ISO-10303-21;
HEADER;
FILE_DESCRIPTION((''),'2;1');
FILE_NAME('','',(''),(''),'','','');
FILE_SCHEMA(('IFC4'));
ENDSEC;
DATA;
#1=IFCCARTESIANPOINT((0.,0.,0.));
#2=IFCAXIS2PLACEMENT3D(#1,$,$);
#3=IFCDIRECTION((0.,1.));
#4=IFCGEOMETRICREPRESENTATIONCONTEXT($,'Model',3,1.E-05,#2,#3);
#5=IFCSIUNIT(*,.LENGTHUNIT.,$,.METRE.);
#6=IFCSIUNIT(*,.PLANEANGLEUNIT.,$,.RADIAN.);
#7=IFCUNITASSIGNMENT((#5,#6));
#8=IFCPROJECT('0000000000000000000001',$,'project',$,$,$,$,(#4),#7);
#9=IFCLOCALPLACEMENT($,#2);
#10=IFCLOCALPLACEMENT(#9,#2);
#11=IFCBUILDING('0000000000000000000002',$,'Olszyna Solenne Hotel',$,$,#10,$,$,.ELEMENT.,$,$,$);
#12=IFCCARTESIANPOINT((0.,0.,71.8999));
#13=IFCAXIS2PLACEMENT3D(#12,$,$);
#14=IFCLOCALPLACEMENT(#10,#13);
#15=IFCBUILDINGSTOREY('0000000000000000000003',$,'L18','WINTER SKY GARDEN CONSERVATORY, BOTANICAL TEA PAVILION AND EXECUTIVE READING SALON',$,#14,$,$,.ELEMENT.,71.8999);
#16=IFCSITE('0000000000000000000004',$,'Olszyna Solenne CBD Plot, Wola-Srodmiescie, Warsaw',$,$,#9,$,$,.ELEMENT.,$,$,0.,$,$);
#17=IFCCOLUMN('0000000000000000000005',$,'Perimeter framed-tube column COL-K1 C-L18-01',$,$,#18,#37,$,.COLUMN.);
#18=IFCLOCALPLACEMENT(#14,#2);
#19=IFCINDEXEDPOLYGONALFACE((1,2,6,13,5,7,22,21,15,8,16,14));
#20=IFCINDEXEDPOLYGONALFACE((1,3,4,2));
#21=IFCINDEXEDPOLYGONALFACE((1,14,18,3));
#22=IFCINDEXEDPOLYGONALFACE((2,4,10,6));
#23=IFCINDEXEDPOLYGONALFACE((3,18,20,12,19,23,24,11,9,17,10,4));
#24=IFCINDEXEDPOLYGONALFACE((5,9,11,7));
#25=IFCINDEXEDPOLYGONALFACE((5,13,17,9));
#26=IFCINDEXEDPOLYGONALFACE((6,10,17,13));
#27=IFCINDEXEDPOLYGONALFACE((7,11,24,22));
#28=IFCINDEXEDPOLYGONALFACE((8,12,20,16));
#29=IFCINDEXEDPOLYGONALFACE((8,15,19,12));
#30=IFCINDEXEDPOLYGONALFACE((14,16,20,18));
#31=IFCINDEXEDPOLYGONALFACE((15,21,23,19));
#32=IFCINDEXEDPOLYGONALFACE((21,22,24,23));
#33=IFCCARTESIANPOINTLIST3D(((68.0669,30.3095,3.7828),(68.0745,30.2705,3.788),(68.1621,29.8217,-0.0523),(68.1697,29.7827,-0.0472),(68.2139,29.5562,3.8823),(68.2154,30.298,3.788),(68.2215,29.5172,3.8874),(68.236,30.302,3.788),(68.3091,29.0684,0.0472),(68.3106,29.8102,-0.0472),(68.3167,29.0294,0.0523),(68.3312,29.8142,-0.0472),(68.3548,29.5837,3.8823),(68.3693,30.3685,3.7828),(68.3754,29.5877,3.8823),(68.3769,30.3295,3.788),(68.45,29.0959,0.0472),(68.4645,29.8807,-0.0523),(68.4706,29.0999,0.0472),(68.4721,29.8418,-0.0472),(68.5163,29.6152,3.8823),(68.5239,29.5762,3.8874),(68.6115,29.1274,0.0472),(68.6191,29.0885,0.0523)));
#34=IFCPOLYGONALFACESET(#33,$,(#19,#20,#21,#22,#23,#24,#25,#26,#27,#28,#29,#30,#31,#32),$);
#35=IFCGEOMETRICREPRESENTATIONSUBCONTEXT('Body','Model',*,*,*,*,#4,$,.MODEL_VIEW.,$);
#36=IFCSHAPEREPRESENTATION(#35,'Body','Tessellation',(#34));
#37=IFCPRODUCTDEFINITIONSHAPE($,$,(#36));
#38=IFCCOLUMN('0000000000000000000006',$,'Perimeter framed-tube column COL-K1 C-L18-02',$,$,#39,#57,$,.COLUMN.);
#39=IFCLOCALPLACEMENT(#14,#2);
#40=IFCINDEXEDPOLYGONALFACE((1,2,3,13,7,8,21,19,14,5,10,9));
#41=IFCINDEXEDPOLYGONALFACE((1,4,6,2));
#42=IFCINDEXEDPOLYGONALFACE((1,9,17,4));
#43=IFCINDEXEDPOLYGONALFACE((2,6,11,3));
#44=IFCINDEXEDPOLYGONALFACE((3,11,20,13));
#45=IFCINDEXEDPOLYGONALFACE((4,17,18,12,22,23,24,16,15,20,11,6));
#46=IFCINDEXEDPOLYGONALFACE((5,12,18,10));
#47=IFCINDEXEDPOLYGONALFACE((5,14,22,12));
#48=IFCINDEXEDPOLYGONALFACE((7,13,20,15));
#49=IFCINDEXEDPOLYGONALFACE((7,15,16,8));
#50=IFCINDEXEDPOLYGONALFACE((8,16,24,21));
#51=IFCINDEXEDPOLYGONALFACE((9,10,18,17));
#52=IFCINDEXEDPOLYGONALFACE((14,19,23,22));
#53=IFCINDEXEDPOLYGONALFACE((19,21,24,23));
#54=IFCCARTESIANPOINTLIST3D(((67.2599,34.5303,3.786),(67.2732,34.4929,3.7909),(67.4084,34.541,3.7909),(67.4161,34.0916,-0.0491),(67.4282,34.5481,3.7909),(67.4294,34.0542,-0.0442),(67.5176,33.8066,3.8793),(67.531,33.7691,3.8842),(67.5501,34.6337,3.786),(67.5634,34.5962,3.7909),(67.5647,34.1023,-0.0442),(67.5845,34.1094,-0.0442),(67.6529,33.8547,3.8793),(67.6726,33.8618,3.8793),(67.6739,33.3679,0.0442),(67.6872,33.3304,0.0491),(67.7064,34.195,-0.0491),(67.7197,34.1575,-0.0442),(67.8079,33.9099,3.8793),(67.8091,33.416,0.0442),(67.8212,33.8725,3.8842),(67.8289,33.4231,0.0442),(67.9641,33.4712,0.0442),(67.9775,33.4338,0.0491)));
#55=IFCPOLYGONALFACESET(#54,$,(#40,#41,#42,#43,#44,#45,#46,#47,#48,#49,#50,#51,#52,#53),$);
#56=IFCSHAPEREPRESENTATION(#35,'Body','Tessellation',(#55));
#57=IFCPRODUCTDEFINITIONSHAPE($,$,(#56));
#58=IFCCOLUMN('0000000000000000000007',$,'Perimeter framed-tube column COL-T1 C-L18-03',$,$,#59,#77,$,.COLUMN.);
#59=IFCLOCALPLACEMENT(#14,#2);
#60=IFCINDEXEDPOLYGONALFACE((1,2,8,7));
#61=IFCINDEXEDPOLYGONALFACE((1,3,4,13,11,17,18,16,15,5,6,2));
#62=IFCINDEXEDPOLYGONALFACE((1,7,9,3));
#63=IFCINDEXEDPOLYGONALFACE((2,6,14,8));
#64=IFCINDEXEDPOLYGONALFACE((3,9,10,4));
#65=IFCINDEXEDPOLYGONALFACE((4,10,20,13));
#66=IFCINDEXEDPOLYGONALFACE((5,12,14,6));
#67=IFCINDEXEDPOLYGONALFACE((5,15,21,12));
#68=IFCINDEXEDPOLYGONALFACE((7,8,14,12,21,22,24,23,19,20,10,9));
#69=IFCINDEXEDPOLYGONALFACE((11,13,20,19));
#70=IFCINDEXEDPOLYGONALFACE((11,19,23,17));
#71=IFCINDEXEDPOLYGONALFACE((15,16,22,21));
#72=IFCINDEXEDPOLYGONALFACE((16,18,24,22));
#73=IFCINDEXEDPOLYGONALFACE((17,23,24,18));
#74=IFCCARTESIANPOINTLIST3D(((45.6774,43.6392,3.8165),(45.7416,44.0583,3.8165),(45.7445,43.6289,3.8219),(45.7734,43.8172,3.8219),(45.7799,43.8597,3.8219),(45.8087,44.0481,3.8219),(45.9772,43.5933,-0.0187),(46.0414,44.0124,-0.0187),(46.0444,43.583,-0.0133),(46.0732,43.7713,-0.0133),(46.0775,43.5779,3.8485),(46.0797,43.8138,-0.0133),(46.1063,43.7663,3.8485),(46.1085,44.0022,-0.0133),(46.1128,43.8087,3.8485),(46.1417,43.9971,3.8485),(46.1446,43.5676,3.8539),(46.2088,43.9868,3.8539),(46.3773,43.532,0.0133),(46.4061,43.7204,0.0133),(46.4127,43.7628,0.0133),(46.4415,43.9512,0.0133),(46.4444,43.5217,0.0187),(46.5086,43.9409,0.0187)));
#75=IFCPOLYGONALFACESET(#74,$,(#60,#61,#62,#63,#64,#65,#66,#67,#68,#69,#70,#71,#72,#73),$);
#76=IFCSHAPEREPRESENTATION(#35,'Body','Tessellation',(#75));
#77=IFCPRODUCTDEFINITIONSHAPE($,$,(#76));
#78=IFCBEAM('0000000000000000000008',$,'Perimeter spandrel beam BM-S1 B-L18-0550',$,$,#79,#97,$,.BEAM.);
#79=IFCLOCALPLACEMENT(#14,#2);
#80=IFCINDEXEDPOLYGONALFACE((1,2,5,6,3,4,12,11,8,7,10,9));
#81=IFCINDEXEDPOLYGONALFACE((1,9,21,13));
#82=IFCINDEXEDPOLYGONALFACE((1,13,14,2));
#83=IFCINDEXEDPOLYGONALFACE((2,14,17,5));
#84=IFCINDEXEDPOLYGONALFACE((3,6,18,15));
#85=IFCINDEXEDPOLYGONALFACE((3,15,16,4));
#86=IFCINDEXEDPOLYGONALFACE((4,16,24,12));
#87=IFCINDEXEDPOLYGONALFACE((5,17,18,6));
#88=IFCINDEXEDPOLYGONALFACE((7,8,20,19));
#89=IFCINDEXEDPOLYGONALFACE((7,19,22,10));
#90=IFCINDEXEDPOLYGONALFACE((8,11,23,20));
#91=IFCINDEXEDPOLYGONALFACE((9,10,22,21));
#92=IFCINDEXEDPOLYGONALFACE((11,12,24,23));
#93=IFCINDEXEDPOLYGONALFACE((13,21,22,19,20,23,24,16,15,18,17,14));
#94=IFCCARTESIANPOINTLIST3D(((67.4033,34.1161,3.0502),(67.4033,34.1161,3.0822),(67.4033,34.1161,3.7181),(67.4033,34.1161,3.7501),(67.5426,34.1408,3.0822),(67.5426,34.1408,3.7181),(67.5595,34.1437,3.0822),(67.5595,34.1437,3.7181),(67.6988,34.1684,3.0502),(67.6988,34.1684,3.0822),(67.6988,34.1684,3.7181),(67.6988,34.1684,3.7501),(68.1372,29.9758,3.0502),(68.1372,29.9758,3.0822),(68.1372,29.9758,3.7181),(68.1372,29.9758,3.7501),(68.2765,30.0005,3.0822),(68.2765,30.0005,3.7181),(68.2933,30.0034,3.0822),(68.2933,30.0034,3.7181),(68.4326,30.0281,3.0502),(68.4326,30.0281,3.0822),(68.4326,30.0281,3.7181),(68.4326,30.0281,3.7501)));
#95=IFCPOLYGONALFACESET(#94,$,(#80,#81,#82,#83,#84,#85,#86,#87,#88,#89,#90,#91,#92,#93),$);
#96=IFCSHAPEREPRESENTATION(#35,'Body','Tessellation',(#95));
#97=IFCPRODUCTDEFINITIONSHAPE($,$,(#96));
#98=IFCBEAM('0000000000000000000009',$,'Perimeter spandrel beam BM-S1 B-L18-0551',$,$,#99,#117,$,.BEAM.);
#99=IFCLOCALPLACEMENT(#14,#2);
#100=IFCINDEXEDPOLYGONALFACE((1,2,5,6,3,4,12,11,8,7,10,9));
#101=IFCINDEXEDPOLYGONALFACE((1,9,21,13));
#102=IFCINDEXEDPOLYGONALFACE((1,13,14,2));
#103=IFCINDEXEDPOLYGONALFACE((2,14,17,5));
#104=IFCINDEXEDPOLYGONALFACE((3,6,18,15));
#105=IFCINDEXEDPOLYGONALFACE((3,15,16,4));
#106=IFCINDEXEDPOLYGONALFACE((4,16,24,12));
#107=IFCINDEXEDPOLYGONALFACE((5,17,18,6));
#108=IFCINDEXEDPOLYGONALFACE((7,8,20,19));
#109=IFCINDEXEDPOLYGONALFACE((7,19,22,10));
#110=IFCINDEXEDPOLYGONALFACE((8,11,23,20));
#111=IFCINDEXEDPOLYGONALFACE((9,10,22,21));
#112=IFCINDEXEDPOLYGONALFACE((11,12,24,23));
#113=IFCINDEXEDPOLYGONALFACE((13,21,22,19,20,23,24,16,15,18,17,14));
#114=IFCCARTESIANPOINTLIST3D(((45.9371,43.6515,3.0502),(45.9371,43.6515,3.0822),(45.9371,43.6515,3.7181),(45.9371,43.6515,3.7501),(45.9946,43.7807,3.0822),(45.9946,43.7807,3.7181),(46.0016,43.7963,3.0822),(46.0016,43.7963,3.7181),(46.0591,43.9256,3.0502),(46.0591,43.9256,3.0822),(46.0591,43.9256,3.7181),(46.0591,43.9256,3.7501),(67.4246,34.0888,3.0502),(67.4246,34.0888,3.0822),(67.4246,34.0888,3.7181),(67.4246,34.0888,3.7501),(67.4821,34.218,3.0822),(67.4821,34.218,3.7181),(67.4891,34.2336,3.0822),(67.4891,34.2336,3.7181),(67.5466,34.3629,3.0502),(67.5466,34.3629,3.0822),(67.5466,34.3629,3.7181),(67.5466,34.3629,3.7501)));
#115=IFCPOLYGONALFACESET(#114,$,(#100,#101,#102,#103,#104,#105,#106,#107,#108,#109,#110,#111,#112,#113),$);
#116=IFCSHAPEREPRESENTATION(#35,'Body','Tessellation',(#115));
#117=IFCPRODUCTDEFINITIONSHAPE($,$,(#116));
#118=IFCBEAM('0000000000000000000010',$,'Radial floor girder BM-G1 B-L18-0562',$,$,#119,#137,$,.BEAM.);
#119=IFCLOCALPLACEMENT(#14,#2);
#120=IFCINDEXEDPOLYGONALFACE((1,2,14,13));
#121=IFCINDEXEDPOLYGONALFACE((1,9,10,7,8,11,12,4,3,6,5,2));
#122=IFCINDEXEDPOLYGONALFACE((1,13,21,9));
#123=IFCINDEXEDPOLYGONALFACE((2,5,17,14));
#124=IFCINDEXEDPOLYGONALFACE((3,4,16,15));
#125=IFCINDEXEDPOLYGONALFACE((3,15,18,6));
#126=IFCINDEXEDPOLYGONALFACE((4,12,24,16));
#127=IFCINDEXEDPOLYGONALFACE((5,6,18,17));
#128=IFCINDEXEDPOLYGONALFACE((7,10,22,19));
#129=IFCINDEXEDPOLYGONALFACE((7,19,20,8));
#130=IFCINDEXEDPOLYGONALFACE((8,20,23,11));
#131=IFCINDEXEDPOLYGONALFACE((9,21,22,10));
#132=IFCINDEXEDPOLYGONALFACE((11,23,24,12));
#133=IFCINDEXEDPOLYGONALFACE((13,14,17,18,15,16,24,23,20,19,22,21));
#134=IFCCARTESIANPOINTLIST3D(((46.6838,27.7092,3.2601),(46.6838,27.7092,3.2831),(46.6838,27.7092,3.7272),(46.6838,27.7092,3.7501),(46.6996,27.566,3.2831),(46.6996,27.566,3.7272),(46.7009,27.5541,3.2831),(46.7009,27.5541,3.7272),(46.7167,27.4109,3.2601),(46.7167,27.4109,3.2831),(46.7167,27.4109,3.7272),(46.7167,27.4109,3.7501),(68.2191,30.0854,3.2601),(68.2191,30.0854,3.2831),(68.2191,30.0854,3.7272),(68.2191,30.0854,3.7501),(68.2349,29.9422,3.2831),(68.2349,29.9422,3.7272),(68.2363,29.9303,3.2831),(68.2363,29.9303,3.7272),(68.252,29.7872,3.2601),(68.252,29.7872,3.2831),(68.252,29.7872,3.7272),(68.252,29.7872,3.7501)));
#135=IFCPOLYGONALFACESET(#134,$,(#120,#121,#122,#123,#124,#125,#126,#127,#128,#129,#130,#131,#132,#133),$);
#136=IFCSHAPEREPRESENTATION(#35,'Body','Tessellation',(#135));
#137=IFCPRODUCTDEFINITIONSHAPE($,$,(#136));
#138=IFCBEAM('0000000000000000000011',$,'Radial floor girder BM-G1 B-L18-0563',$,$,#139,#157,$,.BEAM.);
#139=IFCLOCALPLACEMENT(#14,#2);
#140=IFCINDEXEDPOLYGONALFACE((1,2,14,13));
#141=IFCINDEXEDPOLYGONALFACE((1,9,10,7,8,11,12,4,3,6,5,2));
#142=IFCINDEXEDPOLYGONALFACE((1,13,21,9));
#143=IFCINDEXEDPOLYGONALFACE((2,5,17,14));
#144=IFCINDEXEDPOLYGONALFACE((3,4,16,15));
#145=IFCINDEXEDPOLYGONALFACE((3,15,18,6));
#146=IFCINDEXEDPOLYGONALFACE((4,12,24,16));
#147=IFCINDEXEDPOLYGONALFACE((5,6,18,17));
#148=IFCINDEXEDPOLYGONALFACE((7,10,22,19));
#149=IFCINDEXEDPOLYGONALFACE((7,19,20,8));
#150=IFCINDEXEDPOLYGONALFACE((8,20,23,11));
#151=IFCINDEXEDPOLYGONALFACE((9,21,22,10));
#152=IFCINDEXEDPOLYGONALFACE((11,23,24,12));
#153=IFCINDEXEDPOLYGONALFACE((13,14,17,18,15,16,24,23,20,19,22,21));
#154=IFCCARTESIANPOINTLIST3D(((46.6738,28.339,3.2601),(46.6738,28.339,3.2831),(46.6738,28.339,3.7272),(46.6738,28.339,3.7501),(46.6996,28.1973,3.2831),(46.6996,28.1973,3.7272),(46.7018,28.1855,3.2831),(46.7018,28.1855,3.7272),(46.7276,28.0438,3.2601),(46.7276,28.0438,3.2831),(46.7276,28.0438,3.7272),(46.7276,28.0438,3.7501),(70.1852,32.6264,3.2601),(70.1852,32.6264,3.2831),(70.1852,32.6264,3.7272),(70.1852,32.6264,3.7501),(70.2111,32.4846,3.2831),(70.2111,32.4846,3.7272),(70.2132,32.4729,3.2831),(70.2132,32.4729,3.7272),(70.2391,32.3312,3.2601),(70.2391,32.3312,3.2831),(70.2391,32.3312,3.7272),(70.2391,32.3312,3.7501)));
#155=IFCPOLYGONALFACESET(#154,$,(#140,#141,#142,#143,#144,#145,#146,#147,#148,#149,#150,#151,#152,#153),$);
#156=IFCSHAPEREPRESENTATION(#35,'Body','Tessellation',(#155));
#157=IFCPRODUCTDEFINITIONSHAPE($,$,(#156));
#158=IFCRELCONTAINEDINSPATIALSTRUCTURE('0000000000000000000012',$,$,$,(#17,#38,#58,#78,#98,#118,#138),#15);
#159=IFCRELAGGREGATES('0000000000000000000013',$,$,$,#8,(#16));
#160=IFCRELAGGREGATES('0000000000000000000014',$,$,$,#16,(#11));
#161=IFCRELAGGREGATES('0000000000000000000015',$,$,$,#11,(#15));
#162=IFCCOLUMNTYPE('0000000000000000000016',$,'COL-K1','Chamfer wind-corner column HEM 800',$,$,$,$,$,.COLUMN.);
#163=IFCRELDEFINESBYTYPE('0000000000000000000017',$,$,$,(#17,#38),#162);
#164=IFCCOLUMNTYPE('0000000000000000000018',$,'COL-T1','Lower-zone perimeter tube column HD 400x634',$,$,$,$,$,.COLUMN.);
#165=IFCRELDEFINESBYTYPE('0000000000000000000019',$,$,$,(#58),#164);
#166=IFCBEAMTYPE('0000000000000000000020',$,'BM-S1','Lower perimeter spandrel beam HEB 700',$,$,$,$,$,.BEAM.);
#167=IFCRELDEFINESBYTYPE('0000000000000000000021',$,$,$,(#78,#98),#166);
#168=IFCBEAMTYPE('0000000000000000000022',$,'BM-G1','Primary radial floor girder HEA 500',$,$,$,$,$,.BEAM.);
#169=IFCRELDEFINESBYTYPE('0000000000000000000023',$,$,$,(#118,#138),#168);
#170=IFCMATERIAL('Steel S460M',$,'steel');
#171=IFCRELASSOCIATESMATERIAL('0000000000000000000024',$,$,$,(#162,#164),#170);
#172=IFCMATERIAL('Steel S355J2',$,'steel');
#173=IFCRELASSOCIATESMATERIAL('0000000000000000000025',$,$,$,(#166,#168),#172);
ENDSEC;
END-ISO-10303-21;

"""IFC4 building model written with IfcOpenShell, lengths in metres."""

from ifc_helpers import new_model, si_unit, direction, frame, origin, origin_2d, place, context, subcontext, project, spatial, i_section, extrude, source, transform, mapped, material, material_profile, profile_set, type_object, element, save


model = new_model("IFC4")

# Units and contexts
model_context = context("Model", 3, precision=1e-05, world=origin(), true_north=direction((0.0, 1.0)))
body_context = subcontext(model_context, "Body", "Model", "MODEL_VIEW")
ifc_project = project(units=[si_unit("LENGTHUNIT", "METRE"), si_unit("PLANEANGLEUNIT", "RADIAN")], contexts=[model_context])

# Site, building, storey
site_placement = place(None, origin())
site = spatial("IfcSite", under=ifc_project, at=site_placement, Name="Olszyna Solenne CBD Plot, Wola-Srodmiescie, Warsaw", CompositionType="ELEMENT", RefElevation=0.0)
building_placement = place(site_placement, origin())
building = spatial("IfcBuilding", under=site, at=building_placement, Name="Olszyna Solenne Hotel", CompositionType="ELEMENT")
storey_placement = place(building_placement, frame((0.0, 0.0, 71.8999)))
storey = spatial("IfcBuildingStorey", under=building, at=storey_placement, Name="L18", Description="WINTER SKY GARDEN CONSERVATORY, BOTANICAL TEA PAVILION AND EXECUTIVE READING SALON", CompositionType="ELEMENT", Elevation=71.8999)

# Columns
ifc_material_1 = material(Name="Steel S460M", Category="steel")
ifc_material_profile_1 = material_profile(ifc_material_1, i_section(OverallWidth=0.3081, OverallDepth=0.814, WebThickness=0.021, FlangeThickness=0.04, at=origin_2d()), Name="HEM 800", Category="load-bearing")
ifc_profile_set_1 = profile_set([ifc_material_profile_1], Name="Steel S460M")
column_type_1 = type_object("IfcColumnType", Name="COL-K1", Description="Chamfer wind-corner column HEM 800", PredefinedType="COLUMN", material=ifc_profile_set_1)
shared_shape_1 = source(origin(), body_context, "Body", "SweptSolid", [
    extrude(i_section(OverallWidth=0.3081, OverallDepth=0.814, WebThickness=0.021, FlangeThickness=0.04, at=origin_2d()), origin(), (0.0, 0.0, 1.0), 3.8672),
])
column_1_placement = place(storey_placement, frame((68.3906, 29.4551, 0.0), z_axis=(-0.024621, 0.126134, 0.991708), x_axis=(-0.981477, -0.19158, 0.0)))
element("IfcColumn", 1, at=column_1_placement, inside=storey, type_object=column_type_1, Name="Perimeter framed-tube column COL-K1 C-L18-01", PredefinedType="COLUMN", context=body_context, shape_type="MappedRepresentation", body=[
    mapped(shared_shape_1, transform((0.0, 0.0, 0.0), x_axis=(1.0, 0.0, 0.0), y_axis=(0.0, 1.0, 0.0), z_axis=(0.0, 0.0, 1.0), scale=1.0)),
])
shared_shape_2 = source(origin(), body_context, "Body", "SweptSolid", [
    extrude(i_section(OverallWidth=0.3081, OverallDepth=0.814, WebThickness=0.021, FlangeThickness=0.04, at=origin_2d()), origin(), (0.0, 0.0, 1.0), 3.8633),
])
column_2_placement = place(storey_placement, frame((67.6968, 33.7627, 0.0), z_axis=(-0.040444, 0.113559, 0.992708), x_axis=(-0.942038, -0.335506, 0.0)))
element("IfcColumn", 2, at=column_2_placement, inside=storey, type_object=column_type_1, Name="Perimeter framed-tube column COL-K1 C-L18-02", PredefinedType="COLUMN", context=body_context, shape_type="MappedRepresentation", body=[
    mapped(shared_shape_2, transform((0.0, 0.0, 0.0), x_axis=(1.0, 0.0, 0.0), y_axis=(0.0, 1.0, 0.0), z_axis=(0.0, 0.0, 1.0), scale=1.0)),
])
ifc_material_profile_2 = material_profile(ifc_material_1, i_section(OverallWidth=0.4241, OverallDepth=0.4741, WebThickness=0.043, FlangeThickness=0.0681, at=origin_2d()), Name="HD 400x634", Category="load-bearing")
ifc_profile_set_2 = profile_set([ifc_material_profile_2], Name="Steel S460M")
column_type_2 = type_object("IfcColumnType", Name="COL-T1", Description="Lower-zone perimeter tube column HD 400x634", PredefinedType="COLUMN", material=ifc_profile_set_2)
shared_shape_3 = source(origin(), body_context, "Body", "SweptSolid", [
    extrude(i_section(OverallWidth=0.4241, OverallDepth=0.4741, WebThickness=0.043, FlangeThickness=0.0681, at=origin_2d()), origin(), (0.0, 0.0, 1.0), 3.8472),
])
column_3_placement = place(storey_placement, frame((46.2429, 43.7671, 0.0), z_axis=(-0.077928, 0.01193, 0.996888), x_axis=(-0.151331, -0.988483, 0.0)))
element("IfcColumn", 3, at=column_3_placement, inside=storey, type_object=column_type_2, Name="Perimeter framed-tube column COL-T1 C-L18-03", PredefinedType="COLUMN", context=body_context, shape_type="MappedRepresentation", body=[
    mapped(shared_shape_3, transform((0.0, 0.0, 0.0), x_axis=(1.0, 0.0, 0.0), y_axis=(0.0, 1.0, 0.0), z_axis=(0.0, 0.0, 1.0), scale=1.0)),
])

# Beams
ifc_material_2 = material(Name="Steel S355J2", Category="steel")
ifc_material_profile_3 = material_profile(ifc_material_2, i_section(OverallWidth=0.3, OverallDepth=0.7, WebThickness=0.0171, FlangeThickness=0.032, at=origin_2d()), Name="HEB 700", Category="load-bearing")
ifc_profile_set_3 = profile_set([ifc_material_profile_3], Name="Steel S355J2")
beam_type_1 = type_object("IfcBeamType", Name="BM-S1", Description="Lower perimeter spandrel beam HEB 700", PredefinedType="BEAM", material=ifc_profile_set_3)
shared_shape_4 = source(origin(), body_context, "Body", "SweptSolid", [
    extrude(i_section(OverallWidth=0.3, OverallDepth=0.7, WebThickness=0.0171, FlangeThickness=0.032, at=origin_2d()), origin(), (0.0, 0.0, 1.0), 4.2048),
])
beam_1_placement = place(storey_placement, frame((68.2849, 30.002, 3.4001), z_axis=(-0.174531, 0.984652, 0.0), x_axis=(-0.984652, -0.174531, 0.0)))
element("IfcBeam", 4, at=beam_1_placement, inside=storey, type_object=beam_type_1, Name="Perimeter spandrel beam BM-S1 B-L18-0550", PredefinedType="BEAM", context=body_context, shape_type="MappedRepresentation", body=[
    mapped(shared_shape_4, transform((0.0, 0.0, 0.0), x_axis=(1.0, 0.0, 0.0), y_axis=(0.0, 1.0, 0.0), z_axis=(0.0, 0.0, 1.0), scale=1.0)),
])
shared_shape_5 = source(origin(), body_context, "Body", "SweptSolid", [
    extrude(i_section(OverallWidth=0.3, OverallDepth=0.7, WebThickness=0.0171, FlangeThickness=0.032, at=origin_2d()), origin(), (0.0, 0.0, 1.0), 23.5193),
])
beam_2_placement = place(storey_placement, frame((67.4856, 34.2258, 3.4001), z_axis=(-0.913611, 0.40659, 0.0), x_axis=(-0.40659, -0.913611, 0.0)))
element("IfcBeam", 5, at=beam_2_placement, inside=storey, type_object=beam_type_1, Name="Perimeter spandrel beam BM-S1 B-L18-0551", PredefinedType="BEAM", context=body_context, shape_type="MappedRepresentation", body=[
    mapped(shared_shape_5, transform((0.0, 0.0, 0.0), x_axis=(1.0, 0.0, 0.0), y_axis=(0.0, 1.0, 0.0), z_axis=(0.0, 0.0, 1.0), scale=1.0)),
])
ifc_material_profile_4 = material_profile(ifc_material_2, i_section(OverallWidth=0.3, OverallDepth=0.49, WebThickness=0.012, FlangeThickness=0.0229, at=origin_2d()), Name="HEA 500", Category="load-bearing")
ifc_profile_set_4 = profile_set([ifc_material_profile_4], Name="Steel S355J2")
beam_type_2 = type_object("IfcBeamType", Name="BM-G1", Description="Primary radial floor girder HEA 500", PredefinedType="BEAM", material=ifc_profile_set_4)
shared_shape_6 = source(origin(), body_context, "Body", "SweptSolid", [
    extrude(i_section(OverallWidth=0.3, OverallDepth=0.49, WebThickness=0.012, FlangeThickness=0.0229, at=origin_2d()), origin(), (0.0, 0.0, 1.0), 21.666),
])
beam_3_placement = place(storey_placement, frame((68.2356, 29.9363, 3.5051), z_axis=(-0.993968, -0.109675, 0.0), x_axis=(0.109675, -0.993968, 0.0)))
element("IfcBeam", 6, at=beam_3_placement, inside=storey, type_object=beam_type_2, Name="Radial floor girder BM-G1 B-L18-0562", PredefinedType="BEAM", context=body_context, shape_type="MappedRepresentation", body=[
    mapped(shared_shape_6, transform((0.0, 0.0, 0.0), x_axis=(1.0, 0.0, 0.0), y_axis=(0.0, 1.0, 0.0), z_axis=(0.0, 0.0, 1.0), scale=1.0)),
])
shared_shape_7 = source(origin(), body_context, "Body", "SweptSolid", [
    extrude(i_section(OverallWidth=0.3, OverallDepth=0.49, WebThickness=0.012, FlangeThickness=0.0229, at=origin_2d()), origin(), (0.0, 0.0, 1.0), 23.8992),
])
beam_4_placement = place(storey_placement, frame((70.2122, 32.4788, 3.5051), z_axis=(-0.983777, -0.179393, 0.0), x_axis=(0.179393, -0.983777, 0.0)))
element("IfcBeam", 7, at=beam_4_placement, inside=storey, type_object=beam_type_2, Name="Radial floor girder BM-G1 B-L18-0563", PredefinedType="BEAM", context=body_context, shape_type="MappedRepresentation", body=[
    mapped(shared_shape_7, transform((0.0, 0.0, 0.0), x_axis=(1.0, 0.0, 0.0), y_axis=(0.0, 1.0, 0.0), z_axis=(0.0, 0.0, 1.0), scale=1.0)),
])

save(model, "model.ifc")
